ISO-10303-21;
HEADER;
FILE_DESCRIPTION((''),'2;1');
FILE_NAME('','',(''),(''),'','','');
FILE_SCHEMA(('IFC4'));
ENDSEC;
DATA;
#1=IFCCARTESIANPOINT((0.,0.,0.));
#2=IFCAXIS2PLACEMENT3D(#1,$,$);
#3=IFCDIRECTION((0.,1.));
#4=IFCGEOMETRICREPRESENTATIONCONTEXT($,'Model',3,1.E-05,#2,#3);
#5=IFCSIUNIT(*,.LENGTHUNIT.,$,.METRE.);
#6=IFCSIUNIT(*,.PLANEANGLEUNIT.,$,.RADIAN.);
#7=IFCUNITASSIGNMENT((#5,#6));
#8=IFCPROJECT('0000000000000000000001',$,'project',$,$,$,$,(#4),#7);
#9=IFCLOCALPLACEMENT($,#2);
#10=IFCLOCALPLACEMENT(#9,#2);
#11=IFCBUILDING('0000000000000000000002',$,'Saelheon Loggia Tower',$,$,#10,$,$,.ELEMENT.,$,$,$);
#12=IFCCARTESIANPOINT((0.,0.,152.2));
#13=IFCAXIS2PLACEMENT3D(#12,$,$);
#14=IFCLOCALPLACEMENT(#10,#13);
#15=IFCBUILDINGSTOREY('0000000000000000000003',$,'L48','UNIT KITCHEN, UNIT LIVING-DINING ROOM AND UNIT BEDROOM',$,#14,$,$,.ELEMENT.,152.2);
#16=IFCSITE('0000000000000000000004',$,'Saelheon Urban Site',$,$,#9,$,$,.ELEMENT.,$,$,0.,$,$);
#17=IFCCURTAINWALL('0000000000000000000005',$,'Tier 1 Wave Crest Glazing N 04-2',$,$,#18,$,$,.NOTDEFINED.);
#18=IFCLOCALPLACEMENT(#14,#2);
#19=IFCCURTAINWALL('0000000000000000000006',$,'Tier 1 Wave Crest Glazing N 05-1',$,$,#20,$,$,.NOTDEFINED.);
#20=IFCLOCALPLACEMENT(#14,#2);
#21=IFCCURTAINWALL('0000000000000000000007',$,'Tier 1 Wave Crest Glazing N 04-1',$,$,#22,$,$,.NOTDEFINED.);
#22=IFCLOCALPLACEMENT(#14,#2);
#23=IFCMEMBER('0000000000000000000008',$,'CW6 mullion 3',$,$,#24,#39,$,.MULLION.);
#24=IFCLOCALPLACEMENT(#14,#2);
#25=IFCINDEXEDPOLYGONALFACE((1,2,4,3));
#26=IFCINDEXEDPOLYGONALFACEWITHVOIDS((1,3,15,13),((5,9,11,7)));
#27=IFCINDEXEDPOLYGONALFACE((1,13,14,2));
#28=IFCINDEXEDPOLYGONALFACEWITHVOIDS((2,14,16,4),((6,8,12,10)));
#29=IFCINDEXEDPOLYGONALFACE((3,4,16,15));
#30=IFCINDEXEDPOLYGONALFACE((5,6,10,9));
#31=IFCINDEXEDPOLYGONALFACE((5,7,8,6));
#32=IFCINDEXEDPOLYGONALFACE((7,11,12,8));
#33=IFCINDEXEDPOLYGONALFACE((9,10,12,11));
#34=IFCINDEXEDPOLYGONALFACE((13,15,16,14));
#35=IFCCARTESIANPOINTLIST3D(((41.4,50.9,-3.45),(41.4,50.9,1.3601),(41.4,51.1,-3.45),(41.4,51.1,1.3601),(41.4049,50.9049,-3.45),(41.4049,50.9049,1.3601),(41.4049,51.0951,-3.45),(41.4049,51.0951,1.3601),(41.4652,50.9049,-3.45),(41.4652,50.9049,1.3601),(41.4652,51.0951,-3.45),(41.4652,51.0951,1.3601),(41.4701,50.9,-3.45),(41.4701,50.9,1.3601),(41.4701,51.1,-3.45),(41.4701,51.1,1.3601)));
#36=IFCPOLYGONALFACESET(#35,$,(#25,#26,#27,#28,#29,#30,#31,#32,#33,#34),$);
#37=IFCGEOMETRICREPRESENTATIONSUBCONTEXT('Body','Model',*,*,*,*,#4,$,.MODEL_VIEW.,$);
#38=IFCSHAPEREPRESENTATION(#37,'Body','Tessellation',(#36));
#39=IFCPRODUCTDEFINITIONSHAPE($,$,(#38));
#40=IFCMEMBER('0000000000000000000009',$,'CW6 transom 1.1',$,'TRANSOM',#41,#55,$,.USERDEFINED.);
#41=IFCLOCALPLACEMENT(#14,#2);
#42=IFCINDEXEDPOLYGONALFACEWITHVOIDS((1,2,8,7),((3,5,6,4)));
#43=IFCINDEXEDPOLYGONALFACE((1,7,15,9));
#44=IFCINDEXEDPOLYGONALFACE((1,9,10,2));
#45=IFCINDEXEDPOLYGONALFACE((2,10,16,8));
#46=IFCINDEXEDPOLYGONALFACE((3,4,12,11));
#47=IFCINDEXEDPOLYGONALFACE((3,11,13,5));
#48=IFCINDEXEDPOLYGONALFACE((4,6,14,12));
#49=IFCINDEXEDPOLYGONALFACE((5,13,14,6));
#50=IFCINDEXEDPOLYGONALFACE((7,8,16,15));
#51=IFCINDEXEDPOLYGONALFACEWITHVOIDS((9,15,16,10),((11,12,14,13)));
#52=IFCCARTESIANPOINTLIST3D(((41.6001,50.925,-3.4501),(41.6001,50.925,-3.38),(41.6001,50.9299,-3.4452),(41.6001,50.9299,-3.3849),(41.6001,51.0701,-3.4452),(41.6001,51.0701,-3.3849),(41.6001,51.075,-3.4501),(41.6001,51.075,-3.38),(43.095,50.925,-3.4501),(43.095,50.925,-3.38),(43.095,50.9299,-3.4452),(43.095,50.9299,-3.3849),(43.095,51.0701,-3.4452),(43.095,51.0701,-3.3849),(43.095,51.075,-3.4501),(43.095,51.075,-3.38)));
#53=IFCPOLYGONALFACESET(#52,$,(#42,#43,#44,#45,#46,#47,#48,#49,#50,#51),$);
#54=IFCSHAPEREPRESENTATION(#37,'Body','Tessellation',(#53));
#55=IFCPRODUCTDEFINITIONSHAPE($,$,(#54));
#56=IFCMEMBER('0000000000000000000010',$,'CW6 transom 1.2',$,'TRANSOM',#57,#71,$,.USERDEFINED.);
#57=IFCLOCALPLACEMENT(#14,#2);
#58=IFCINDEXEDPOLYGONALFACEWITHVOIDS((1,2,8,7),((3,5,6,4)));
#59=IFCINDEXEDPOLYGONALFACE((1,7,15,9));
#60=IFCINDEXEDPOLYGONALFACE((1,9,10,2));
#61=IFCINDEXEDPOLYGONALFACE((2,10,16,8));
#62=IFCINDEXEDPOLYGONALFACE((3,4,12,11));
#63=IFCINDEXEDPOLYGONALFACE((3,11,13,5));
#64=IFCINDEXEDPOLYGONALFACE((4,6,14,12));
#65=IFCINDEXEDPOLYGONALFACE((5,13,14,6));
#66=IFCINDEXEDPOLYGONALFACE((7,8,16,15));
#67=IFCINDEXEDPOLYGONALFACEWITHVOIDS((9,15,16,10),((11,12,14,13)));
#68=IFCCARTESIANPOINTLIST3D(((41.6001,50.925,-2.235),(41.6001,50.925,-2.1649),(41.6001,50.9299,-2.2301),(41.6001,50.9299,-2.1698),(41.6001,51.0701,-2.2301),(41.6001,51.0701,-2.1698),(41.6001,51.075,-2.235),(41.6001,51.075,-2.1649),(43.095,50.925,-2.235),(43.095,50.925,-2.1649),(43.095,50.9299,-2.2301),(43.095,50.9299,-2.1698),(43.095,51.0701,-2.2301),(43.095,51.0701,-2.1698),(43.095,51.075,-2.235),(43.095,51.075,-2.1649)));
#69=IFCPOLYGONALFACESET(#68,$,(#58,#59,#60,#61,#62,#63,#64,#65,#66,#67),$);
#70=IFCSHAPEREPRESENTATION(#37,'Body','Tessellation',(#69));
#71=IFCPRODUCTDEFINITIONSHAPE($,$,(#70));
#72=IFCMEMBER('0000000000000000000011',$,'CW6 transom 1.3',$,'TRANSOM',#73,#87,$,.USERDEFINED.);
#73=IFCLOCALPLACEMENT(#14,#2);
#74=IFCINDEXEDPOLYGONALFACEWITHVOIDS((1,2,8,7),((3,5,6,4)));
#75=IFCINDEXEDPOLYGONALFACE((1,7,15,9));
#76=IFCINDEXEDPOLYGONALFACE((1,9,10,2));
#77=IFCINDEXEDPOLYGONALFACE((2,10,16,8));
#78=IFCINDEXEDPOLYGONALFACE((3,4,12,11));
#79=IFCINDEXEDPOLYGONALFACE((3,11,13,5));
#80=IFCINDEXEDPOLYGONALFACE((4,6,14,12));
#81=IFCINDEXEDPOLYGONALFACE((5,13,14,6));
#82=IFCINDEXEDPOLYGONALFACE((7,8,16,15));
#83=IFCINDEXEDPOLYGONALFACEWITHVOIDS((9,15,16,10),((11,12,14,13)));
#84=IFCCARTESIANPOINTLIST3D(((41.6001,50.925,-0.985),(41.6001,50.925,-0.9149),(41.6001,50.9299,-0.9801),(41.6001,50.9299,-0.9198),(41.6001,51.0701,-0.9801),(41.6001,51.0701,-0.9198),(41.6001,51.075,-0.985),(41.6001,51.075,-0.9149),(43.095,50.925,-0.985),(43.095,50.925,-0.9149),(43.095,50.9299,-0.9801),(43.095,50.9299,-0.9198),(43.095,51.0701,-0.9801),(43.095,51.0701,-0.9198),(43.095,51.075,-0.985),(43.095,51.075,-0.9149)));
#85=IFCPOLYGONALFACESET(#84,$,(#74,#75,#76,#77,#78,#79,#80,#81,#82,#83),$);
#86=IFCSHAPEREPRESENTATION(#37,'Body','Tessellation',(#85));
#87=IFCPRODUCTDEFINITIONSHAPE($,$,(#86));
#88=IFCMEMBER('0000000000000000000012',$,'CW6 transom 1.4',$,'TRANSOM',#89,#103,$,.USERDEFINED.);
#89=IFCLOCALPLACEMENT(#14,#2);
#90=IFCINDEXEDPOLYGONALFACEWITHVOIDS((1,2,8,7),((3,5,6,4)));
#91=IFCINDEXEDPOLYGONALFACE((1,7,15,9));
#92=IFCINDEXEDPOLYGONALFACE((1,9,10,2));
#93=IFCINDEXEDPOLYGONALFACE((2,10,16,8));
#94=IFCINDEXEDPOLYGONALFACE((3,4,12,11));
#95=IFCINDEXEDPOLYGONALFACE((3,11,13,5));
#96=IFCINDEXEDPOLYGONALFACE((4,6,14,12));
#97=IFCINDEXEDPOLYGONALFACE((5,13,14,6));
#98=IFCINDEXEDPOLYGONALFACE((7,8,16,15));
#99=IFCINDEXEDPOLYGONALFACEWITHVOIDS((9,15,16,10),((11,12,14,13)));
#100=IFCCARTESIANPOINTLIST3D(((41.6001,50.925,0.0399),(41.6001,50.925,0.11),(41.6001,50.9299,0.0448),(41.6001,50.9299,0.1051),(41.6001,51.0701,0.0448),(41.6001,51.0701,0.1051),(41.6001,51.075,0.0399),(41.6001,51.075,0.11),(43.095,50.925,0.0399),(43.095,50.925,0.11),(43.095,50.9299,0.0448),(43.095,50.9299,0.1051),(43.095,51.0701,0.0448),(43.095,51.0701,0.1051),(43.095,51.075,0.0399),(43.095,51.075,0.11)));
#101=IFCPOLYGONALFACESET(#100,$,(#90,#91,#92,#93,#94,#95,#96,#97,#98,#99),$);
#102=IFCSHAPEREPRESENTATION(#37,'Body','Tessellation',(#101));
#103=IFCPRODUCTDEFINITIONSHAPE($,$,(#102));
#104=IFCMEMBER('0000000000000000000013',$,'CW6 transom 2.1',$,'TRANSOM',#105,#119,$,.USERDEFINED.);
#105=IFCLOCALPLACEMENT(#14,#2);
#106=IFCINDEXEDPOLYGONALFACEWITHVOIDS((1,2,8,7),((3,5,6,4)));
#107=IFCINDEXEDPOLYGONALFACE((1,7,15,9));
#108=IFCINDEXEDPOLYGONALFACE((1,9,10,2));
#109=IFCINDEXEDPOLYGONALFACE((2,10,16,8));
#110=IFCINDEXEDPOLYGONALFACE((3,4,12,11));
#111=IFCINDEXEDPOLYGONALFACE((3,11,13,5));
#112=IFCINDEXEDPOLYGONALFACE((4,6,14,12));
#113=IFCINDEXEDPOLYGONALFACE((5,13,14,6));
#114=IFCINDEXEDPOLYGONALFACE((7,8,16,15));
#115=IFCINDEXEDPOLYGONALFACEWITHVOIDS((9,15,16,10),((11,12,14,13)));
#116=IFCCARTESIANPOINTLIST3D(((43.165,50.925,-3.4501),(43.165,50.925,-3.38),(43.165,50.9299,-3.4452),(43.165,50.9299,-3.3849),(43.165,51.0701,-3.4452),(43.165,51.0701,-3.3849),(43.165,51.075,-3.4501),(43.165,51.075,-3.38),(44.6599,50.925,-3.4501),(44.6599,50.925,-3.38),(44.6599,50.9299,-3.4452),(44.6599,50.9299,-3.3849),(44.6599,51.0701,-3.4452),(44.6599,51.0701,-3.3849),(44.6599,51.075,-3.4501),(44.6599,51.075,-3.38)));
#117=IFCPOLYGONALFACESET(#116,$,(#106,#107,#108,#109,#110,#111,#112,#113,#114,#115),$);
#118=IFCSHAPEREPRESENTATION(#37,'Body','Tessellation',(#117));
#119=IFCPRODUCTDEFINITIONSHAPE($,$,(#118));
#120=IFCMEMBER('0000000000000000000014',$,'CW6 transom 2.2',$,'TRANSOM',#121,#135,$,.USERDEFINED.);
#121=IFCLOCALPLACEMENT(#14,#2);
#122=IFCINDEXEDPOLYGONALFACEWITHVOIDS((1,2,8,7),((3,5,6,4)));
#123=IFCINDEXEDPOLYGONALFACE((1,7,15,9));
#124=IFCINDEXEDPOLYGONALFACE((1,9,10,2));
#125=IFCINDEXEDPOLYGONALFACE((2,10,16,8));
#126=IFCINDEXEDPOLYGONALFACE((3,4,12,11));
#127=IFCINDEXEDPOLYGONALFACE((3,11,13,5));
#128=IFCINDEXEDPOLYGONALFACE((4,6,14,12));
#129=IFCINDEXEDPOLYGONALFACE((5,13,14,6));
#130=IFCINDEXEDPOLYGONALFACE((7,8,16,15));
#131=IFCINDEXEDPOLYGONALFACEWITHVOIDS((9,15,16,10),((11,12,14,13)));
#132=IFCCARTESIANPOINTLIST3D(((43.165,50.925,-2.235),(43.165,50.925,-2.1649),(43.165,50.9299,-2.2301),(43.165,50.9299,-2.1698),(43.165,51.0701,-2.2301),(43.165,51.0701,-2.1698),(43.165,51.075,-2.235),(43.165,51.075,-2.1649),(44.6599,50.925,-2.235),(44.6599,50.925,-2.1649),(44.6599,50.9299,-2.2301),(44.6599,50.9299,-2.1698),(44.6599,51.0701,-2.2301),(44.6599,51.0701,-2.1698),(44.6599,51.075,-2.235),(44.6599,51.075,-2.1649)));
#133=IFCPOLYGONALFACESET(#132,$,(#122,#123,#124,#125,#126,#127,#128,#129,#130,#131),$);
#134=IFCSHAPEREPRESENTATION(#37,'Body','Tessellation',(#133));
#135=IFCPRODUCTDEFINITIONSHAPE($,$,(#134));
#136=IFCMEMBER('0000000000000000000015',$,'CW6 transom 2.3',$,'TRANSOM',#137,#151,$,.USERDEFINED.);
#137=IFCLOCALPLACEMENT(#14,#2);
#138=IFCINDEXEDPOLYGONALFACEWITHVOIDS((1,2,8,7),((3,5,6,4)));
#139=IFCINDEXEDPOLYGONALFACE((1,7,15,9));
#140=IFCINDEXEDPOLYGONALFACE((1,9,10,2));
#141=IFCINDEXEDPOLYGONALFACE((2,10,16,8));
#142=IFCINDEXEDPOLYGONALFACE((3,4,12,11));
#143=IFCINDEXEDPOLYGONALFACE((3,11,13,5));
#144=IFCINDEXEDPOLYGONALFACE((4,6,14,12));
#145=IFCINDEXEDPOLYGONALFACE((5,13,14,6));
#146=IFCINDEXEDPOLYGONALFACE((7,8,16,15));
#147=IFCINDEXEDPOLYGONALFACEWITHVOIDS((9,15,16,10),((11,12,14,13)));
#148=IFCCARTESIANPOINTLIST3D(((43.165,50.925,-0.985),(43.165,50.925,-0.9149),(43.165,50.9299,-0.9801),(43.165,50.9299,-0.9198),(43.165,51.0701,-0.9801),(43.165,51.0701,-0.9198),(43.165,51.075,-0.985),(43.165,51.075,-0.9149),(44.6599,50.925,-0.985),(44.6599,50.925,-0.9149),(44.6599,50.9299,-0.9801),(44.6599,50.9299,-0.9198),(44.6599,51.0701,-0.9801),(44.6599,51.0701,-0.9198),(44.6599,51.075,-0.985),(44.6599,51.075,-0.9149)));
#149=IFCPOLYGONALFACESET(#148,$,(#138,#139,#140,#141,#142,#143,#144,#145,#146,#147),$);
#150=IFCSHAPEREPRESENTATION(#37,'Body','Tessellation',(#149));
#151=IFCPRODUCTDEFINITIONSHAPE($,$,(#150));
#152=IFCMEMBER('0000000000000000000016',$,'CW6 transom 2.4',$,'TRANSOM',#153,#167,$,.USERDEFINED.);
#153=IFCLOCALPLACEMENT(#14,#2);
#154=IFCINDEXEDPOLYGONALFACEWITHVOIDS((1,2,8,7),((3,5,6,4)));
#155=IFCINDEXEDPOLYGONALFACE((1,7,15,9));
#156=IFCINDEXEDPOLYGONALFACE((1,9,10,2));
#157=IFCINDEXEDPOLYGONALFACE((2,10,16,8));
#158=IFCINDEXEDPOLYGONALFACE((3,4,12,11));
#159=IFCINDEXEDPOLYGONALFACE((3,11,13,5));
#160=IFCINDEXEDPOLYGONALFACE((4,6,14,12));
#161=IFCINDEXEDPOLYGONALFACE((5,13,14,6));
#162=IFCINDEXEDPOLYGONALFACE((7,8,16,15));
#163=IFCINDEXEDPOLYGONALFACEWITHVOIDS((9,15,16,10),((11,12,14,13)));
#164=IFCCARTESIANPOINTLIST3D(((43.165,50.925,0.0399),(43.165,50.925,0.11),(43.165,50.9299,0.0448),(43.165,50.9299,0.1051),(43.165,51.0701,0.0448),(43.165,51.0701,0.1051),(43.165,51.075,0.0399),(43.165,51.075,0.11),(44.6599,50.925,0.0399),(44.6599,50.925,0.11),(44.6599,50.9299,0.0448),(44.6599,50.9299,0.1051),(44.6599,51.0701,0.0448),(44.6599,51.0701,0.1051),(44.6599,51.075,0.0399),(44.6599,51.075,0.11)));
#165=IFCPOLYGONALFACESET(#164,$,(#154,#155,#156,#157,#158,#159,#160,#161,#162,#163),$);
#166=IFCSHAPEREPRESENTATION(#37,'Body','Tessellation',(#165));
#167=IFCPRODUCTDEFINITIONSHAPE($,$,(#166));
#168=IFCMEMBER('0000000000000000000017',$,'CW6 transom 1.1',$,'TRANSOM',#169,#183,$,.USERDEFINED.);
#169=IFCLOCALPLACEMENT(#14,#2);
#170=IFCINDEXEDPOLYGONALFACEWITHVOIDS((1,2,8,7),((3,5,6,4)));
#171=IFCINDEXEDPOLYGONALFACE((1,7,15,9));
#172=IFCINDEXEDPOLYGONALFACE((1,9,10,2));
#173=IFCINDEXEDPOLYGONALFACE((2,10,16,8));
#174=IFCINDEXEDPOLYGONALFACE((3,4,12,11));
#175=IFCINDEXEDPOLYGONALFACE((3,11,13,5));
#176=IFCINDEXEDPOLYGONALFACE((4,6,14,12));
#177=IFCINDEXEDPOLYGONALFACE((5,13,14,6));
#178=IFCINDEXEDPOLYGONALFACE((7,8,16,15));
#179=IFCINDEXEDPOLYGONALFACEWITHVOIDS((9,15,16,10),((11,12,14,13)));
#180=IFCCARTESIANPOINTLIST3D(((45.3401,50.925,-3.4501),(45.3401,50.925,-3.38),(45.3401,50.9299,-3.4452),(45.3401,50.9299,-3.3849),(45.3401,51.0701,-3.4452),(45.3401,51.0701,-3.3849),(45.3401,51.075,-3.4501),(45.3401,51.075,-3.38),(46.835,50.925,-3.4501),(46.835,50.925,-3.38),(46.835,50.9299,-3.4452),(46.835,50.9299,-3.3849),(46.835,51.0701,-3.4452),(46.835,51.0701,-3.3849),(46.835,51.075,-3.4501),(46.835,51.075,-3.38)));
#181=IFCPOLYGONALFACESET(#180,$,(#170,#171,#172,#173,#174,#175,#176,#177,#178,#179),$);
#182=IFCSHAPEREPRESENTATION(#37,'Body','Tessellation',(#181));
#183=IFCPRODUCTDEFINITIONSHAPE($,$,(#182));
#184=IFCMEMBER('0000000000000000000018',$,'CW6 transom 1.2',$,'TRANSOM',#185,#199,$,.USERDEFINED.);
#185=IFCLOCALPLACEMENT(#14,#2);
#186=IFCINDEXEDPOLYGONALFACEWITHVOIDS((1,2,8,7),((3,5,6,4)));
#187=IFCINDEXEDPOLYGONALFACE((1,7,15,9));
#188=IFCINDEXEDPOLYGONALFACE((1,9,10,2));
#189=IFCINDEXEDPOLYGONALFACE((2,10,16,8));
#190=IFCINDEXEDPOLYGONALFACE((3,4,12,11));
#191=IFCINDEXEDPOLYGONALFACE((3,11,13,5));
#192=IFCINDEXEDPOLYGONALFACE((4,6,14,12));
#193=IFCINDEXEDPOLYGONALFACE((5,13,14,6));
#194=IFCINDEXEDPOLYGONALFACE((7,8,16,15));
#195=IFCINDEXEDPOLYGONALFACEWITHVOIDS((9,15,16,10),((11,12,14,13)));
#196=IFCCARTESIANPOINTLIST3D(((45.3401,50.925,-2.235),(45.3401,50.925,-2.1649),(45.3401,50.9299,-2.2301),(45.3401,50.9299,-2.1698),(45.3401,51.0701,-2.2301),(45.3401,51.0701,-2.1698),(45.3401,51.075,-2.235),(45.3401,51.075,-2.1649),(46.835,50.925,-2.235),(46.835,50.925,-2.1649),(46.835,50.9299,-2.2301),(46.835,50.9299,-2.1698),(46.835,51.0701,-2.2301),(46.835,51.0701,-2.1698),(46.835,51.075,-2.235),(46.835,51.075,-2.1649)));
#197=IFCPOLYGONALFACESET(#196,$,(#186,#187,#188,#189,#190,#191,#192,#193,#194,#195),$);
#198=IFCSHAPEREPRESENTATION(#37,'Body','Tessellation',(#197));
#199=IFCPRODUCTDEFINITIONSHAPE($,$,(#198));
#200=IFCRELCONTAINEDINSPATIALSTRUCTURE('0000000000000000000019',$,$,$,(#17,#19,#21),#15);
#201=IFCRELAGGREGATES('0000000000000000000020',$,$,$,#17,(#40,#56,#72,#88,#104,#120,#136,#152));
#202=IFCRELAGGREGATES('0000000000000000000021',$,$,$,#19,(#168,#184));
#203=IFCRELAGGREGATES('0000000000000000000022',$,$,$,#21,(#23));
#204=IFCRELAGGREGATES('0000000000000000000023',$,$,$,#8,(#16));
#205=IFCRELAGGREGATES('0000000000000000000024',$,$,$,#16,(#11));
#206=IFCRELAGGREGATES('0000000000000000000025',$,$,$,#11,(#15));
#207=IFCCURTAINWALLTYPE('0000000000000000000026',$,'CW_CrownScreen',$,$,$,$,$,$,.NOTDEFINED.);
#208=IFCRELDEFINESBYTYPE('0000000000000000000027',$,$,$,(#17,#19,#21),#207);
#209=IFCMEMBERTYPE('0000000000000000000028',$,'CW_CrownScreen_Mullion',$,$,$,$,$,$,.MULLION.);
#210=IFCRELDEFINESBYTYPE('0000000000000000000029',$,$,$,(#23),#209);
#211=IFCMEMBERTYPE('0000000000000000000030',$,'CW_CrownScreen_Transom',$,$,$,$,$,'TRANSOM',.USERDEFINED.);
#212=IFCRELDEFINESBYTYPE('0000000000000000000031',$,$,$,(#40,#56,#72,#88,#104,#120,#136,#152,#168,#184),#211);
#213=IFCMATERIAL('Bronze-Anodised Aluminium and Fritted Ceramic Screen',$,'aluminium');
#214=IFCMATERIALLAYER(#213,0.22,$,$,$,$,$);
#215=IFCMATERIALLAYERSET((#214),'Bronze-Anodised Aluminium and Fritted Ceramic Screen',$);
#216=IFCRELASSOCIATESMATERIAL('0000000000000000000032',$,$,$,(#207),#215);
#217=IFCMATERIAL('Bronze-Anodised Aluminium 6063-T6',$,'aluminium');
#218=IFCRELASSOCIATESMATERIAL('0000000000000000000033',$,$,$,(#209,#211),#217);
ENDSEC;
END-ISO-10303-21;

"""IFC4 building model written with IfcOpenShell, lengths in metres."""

from ifc_helpers import new_model, si_unit, direction, frame, origin, origin_2d, place, context, subcontext, project, spatial, hollow_rectangle, extrude, source, transform, mapped, material, layer, layer_set, material_profile, profile_set, type_object, element, aggregate, save


model = new_model("IFC4")

# Units and contexts
model_context = context("Model", 3, precision=1e-05, world=origin(), true_north=direction((0.0, 1.0)))
body_context = subcontext(model_context, "Body", "Model", "MODEL_VIEW")
ifc_project = project(units=[si_unit("LENGTHUNIT", "METRE"), si_unit("PLANEANGLEUNIT", "RADIAN")], contexts=[model_context])

# Site, building, storey
site_placement = place(None, origin())
site = spatial("IfcSite", under=ifc_project, at=site_placement, Name="Saelheon Urban Site", CompositionType="ELEMENT", RefElevation=0.0)
building_placement = place(site_placement, origin())
building = spatial("IfcBuilding", under=site, at=building_placement, Name="Saelheon Loggia Tower", CompositionType="ELEMENT")
storey_placement = place(building_placement, frame((0.0, 0.0, 152.2)))
storey = spatial("IfcBuildingStorey", under=building, at=storey_placement, Name="L48", Description="UNIT KITCHEN, UNIT LIVING-DINING ROOM AND UNIT BEDROOM", CompositionType="ELEMENT", Elevation=152.2)

# Curtain walls
ifc_material_1 = material(Name="Bronze-Anodised Aluminium and Fritted Ceramic Screen", Category="aluminium")
ifc_layer_1 = layer(ifc_material_1, 0.22)
ifc_layer_set_1 = layer_set([ifc_layer_1], Name="Bronze-Anodised Aluminium and Fritted Ceramic Screen")
curtain_wall_type = type_object("IfcCurtainWallType", Name="CW_CrownScreen", PredefinedType="NOTDEFINED", material=ifc_layer_set_1)
curtain_wall_1_placement = place(storey_placement, origin())
curtain_wall_1 = element("IfcCurtainWall", 1, at=curtain_wall_1_placement, inside=storey, type_object=curtain_wall_type, Name="Tier 1 Wave Crest Glazing N 04-2", PredefinedType="NOTDEFINED")
ifc_material_2 = material(Name="Bronze-Anodised Aluminium 6063-T6", Category="aluminium")
ifc_material_profile_1 = material_profile(ifc_material_2, hollow_rectangle(XDim=0.0701, YDim=0.2, WallThickness=0.0049, at=origin_2d()), Name="RHS-200x70x5")
ifc_profile_set_1 = profile_set([ifc_material_profile_1], Name="Bronze-Anodised Aluminium 6063-T6")
member_type_1 = type_object("IfcMemberType", Name="CW_CrownScreen_Mullion", PredefinedType="MULLION", material=ifc_profile_set_1)
curtain_wall_2_placement = place(storey_placement, origin())
curtain_wall_2 = element("IfcCurtainWall", 2, at=curtain_wall_2_placement, inside=storey, type_object=curtain_wall_type, Name="Tier 1 Wave Crest Glazing N 05-1", PredefinedType="NOTDEFINED")

# Curtain wall, member
curtain_wall_3_placement = place(storey_placement, origin())
curtain_wall_3 = element("IfcCurtainWall", 3, at=curtain_wall_3_placement, inside=storey, type_object=curtain_wall_type, Name="Tier 1 Wave Crest Glazing N 04-1", PredefinedType="NOTDEFINED")
shared_shape_1 = source(origin(), body_context, "Body", "SweptSolid", [
    extrude(hollow_rectangle(XDim=0.0701, YDim=0.2, WallThickness=0.0049, at=origin_2d()), origin(), (0.0, 0.0, 1.0), 4.8101),
])
member_1_placement = place(storey_placement, frame((41.4351, 51.0, -3.45), z_axis=(0.0, 0.0, 1.0), x_axis=(1.0, 0.0, 0.0)))
member_1 = element("IfcMember", 4, at=member_1_placement, type_object=member_type_1, Name="CW6 mullion 3", PredefinedType="MULLION", context=body_context, shape_type="MappedRepresentation", body=[
    mapped(shared_shape_1, transform((0.0, 0.0, 0.0), scale=1.0)),
])

# Members
ifc_material_profile_2 = material_profile(ifc_material_2, hollow_rectangle(XDim=0.0701, YDim=0.1499, WallThickness=0.0049, at=origin_2d()), Name="RHS-150x70x5")
ifc_profile_set_2 = profile_set([ifc_material_profile_2], Name="Bronze-Anodised Aluminium 6063-T6")
member_type_2 = type_object("IfcMemberType", Name="CW_CrownScreen_Transom", ElementType="TRANSOM", PredefinedType="USERDEFINED", material=ifc_profile_set_2)
shared_shape_2 = source(origin(), body_context, "Body", "SweptSolid", [
    extrude(hollow_rectangle(XDim=0.0701, YDim=0.1499, WallThickness=0.0049, at=origin_2d()), origin(), (0.0, 0.0, 1.0), 1.4949),
])
member_2_placement = place(storey_placement, frame((41.6001, 51.0, -3.415), z_axis=(1.0, 0.0, 0.0), x_axis=(0.0, 0.0, 1.0)))
member_2 = element("IfcMember", 5, at=member_2_placement, type_object=member_type_2, Name="CW6 transom 1.1", ObjectType="TRANSOM", PredefinedType="USERDEFINED", context=body_context, shape_type="MappedRepresentation", body=[
    mapped(shared_shape_2, transform((0.0, 0.0, 0.0), scale=1.0)),
])
member_3_placement = place(storey_placement, frame((41.6001, 51.0, -2.2), z_axis=(1.0, 0.0, 0.0), x_axis=(0.0, 0.0, 1.0)))
member_3 = element("IfcMember", 6, at=member_3_placement, type_object=member_type_2, Name="CW6 transom 1.2", ObjectType="TRANSOM", PredefinedType="USERDEFINED", context=body_context, shape_type="MappedRepresentation", body=[
    mapped(shared_shape_2, transform((0.0, 0.0, 0.0), scale=1.0)),
])
member_4_placement = place(storey_placement, frame((41.6001, 51.0, -0.95), z_axis=(1.0, 0.0, 0.0), x_axis=(0.0, 0.0, 1.0)))
member_4 = element("IfcMember", 7, at=member_4_placement, type_object=member_type_2, Name="CW6 transom 1.3", ObjectType="TRANSOM", PredefinedType="USERDEFINED", context=body_context, shape_type="MappedRepresentation", body=[
    mapped(shared_shape_2, transform((0.0, 0.0, 0.0), scale=1.0)),
])
member_5_placement = place(storey_placement, frame((41.6001, 51.0, 0.075), z_axis=(1.0, 0.0, 0.0), x_axis=(0.0, 0.0, 1.0)))
member_5 = element("IfcMember", 8, at=member_5_placement, type_object=member_type_2, Name="CW6 transom 1.4", ObjectType="TRANSOM", PredefinedType="USERDEFINED", context=body_context, shape_type="MappedRepresentation", body=[
    mapped(shared_shape_2, transform((0.0, 0.0, 0.0), scale=1.0)),
])
member_6_placement = place(storey_placement, frame((43.165, 51.0, -3.415), z_axis=(1.0, 0.0, 0.0), x_axis=(0.0, 0.0, 1.0)))
member_6 = element("IfcMember", 9, at=member_6_placement, type_object=member_type_2, Name="CW6 transom 2.1", ObjectType="TRANSOM", PredefinedType="USERDEFINED", context=body_context, shape_type="MappedRepresentation", body=[
    mapped(shared_shape_2, transform((0.0, 0.0, 0.0), scale=1.0)),
])
member_7_placement = place(storey_placement, frame((43.165, 51.0, -2.2), z_axis=(1.0, 0.0, 0.0), x_axis=(0.0, 0.0, 1.0)))
member_7 = element("IfcMember", 10, at=member_7_placement, type_object=member_type_2, Name="CW6 transom 2.2", ObjectType="TRANSOM", PredefinedType="USERDEFINED", context=body_context, shape_type="MappedRepresentation", body=[
    mapped(shared_shape_2, transform((0.0, 0.0, 0.0), scale=1.0)),
])
member_8_placement = place(storey_placement, frame((43.165, 51.0, -0.95), z_axis=(1.0, 0.0, 0.0), x_axis=(0.0, 0.0, 1.0)))
member_8 = element("IfcMember", 11, at=member_8_placement, type_object=member_type_2, Name="CW6 transom 2.3", ObjectType="TRANSOM", PredefinedType="USERDEFINED", context=body_context, shape_type="MappedRepresentation", body=[
    mapped(shared_shape_2, transform((0.0, 0.0, 0.0), scale=1.0)),
])
member_9_placement = place(storey_placement, frame((43.165, 51.0, 0.075), z_axis=(1.0, 0.0, 0.0), x_axis=(0.0, 0.0, 1.0)))
member_9 = element("IfcMember", 12, at=member_9_placement, type_object=member_type_2, Name="CW6 transom 2.4", ObjectType="TRANSOM", PredefinedType="USERDEFINED", context=body_context, shape_type="MappedRepresentation", body=[
    mapped(shared_shape_2, transform((0.0, 0.0, 0.0), scale=1.0)),
])
member_10_placement = place(storey_placement, frame((45.3401, 51.0, -3.415), z_axis=(1.0, 0.0, 0.0), x_axis=(0.0, 0.0, 1.0)))
member_10 = element("IfcMember", 13, at=member_10_placement, type_object=member_type_2, Name="CW6 transom 1.1", ObjectType="TRANSOM", PredefinedType="USERDEFINED", context=body_context, shape_type="MappedRepresentation", body=[
    mapped(shared_shape_2, transform((0.0, 0.0, 0.0), scale=1.0)),
])
member_11_placement = place(storey_placement, frame((45.3401, 51.0, -2.2), z_axis=(1.0, 0.0, 0.0), x_axis=(0.0, 0.0, 1.0)))
member_11 = element("IfcMember", 14, at=member_11_placement, type_object=member_type_2, Name="CW6 transom 1.2", ObjectType="TRANSOM", PredefinedType="USERDEFINED", context=body_context, shape_type="MappedRepresentation", body=[
    mapped(shared_shape_2, transform((0.0, 0.0, 0.0), scale=1.0)),
])

aggregate(curtain_wall_1, [member_2, member_3, member_4, member_5, member_6, member_7, member_8, member_9])
aggregate(curtain_wall_2, [member_10, member_11])
aggregate(curtain_wall_3, [member_1])

save(model, "model.ifc")
